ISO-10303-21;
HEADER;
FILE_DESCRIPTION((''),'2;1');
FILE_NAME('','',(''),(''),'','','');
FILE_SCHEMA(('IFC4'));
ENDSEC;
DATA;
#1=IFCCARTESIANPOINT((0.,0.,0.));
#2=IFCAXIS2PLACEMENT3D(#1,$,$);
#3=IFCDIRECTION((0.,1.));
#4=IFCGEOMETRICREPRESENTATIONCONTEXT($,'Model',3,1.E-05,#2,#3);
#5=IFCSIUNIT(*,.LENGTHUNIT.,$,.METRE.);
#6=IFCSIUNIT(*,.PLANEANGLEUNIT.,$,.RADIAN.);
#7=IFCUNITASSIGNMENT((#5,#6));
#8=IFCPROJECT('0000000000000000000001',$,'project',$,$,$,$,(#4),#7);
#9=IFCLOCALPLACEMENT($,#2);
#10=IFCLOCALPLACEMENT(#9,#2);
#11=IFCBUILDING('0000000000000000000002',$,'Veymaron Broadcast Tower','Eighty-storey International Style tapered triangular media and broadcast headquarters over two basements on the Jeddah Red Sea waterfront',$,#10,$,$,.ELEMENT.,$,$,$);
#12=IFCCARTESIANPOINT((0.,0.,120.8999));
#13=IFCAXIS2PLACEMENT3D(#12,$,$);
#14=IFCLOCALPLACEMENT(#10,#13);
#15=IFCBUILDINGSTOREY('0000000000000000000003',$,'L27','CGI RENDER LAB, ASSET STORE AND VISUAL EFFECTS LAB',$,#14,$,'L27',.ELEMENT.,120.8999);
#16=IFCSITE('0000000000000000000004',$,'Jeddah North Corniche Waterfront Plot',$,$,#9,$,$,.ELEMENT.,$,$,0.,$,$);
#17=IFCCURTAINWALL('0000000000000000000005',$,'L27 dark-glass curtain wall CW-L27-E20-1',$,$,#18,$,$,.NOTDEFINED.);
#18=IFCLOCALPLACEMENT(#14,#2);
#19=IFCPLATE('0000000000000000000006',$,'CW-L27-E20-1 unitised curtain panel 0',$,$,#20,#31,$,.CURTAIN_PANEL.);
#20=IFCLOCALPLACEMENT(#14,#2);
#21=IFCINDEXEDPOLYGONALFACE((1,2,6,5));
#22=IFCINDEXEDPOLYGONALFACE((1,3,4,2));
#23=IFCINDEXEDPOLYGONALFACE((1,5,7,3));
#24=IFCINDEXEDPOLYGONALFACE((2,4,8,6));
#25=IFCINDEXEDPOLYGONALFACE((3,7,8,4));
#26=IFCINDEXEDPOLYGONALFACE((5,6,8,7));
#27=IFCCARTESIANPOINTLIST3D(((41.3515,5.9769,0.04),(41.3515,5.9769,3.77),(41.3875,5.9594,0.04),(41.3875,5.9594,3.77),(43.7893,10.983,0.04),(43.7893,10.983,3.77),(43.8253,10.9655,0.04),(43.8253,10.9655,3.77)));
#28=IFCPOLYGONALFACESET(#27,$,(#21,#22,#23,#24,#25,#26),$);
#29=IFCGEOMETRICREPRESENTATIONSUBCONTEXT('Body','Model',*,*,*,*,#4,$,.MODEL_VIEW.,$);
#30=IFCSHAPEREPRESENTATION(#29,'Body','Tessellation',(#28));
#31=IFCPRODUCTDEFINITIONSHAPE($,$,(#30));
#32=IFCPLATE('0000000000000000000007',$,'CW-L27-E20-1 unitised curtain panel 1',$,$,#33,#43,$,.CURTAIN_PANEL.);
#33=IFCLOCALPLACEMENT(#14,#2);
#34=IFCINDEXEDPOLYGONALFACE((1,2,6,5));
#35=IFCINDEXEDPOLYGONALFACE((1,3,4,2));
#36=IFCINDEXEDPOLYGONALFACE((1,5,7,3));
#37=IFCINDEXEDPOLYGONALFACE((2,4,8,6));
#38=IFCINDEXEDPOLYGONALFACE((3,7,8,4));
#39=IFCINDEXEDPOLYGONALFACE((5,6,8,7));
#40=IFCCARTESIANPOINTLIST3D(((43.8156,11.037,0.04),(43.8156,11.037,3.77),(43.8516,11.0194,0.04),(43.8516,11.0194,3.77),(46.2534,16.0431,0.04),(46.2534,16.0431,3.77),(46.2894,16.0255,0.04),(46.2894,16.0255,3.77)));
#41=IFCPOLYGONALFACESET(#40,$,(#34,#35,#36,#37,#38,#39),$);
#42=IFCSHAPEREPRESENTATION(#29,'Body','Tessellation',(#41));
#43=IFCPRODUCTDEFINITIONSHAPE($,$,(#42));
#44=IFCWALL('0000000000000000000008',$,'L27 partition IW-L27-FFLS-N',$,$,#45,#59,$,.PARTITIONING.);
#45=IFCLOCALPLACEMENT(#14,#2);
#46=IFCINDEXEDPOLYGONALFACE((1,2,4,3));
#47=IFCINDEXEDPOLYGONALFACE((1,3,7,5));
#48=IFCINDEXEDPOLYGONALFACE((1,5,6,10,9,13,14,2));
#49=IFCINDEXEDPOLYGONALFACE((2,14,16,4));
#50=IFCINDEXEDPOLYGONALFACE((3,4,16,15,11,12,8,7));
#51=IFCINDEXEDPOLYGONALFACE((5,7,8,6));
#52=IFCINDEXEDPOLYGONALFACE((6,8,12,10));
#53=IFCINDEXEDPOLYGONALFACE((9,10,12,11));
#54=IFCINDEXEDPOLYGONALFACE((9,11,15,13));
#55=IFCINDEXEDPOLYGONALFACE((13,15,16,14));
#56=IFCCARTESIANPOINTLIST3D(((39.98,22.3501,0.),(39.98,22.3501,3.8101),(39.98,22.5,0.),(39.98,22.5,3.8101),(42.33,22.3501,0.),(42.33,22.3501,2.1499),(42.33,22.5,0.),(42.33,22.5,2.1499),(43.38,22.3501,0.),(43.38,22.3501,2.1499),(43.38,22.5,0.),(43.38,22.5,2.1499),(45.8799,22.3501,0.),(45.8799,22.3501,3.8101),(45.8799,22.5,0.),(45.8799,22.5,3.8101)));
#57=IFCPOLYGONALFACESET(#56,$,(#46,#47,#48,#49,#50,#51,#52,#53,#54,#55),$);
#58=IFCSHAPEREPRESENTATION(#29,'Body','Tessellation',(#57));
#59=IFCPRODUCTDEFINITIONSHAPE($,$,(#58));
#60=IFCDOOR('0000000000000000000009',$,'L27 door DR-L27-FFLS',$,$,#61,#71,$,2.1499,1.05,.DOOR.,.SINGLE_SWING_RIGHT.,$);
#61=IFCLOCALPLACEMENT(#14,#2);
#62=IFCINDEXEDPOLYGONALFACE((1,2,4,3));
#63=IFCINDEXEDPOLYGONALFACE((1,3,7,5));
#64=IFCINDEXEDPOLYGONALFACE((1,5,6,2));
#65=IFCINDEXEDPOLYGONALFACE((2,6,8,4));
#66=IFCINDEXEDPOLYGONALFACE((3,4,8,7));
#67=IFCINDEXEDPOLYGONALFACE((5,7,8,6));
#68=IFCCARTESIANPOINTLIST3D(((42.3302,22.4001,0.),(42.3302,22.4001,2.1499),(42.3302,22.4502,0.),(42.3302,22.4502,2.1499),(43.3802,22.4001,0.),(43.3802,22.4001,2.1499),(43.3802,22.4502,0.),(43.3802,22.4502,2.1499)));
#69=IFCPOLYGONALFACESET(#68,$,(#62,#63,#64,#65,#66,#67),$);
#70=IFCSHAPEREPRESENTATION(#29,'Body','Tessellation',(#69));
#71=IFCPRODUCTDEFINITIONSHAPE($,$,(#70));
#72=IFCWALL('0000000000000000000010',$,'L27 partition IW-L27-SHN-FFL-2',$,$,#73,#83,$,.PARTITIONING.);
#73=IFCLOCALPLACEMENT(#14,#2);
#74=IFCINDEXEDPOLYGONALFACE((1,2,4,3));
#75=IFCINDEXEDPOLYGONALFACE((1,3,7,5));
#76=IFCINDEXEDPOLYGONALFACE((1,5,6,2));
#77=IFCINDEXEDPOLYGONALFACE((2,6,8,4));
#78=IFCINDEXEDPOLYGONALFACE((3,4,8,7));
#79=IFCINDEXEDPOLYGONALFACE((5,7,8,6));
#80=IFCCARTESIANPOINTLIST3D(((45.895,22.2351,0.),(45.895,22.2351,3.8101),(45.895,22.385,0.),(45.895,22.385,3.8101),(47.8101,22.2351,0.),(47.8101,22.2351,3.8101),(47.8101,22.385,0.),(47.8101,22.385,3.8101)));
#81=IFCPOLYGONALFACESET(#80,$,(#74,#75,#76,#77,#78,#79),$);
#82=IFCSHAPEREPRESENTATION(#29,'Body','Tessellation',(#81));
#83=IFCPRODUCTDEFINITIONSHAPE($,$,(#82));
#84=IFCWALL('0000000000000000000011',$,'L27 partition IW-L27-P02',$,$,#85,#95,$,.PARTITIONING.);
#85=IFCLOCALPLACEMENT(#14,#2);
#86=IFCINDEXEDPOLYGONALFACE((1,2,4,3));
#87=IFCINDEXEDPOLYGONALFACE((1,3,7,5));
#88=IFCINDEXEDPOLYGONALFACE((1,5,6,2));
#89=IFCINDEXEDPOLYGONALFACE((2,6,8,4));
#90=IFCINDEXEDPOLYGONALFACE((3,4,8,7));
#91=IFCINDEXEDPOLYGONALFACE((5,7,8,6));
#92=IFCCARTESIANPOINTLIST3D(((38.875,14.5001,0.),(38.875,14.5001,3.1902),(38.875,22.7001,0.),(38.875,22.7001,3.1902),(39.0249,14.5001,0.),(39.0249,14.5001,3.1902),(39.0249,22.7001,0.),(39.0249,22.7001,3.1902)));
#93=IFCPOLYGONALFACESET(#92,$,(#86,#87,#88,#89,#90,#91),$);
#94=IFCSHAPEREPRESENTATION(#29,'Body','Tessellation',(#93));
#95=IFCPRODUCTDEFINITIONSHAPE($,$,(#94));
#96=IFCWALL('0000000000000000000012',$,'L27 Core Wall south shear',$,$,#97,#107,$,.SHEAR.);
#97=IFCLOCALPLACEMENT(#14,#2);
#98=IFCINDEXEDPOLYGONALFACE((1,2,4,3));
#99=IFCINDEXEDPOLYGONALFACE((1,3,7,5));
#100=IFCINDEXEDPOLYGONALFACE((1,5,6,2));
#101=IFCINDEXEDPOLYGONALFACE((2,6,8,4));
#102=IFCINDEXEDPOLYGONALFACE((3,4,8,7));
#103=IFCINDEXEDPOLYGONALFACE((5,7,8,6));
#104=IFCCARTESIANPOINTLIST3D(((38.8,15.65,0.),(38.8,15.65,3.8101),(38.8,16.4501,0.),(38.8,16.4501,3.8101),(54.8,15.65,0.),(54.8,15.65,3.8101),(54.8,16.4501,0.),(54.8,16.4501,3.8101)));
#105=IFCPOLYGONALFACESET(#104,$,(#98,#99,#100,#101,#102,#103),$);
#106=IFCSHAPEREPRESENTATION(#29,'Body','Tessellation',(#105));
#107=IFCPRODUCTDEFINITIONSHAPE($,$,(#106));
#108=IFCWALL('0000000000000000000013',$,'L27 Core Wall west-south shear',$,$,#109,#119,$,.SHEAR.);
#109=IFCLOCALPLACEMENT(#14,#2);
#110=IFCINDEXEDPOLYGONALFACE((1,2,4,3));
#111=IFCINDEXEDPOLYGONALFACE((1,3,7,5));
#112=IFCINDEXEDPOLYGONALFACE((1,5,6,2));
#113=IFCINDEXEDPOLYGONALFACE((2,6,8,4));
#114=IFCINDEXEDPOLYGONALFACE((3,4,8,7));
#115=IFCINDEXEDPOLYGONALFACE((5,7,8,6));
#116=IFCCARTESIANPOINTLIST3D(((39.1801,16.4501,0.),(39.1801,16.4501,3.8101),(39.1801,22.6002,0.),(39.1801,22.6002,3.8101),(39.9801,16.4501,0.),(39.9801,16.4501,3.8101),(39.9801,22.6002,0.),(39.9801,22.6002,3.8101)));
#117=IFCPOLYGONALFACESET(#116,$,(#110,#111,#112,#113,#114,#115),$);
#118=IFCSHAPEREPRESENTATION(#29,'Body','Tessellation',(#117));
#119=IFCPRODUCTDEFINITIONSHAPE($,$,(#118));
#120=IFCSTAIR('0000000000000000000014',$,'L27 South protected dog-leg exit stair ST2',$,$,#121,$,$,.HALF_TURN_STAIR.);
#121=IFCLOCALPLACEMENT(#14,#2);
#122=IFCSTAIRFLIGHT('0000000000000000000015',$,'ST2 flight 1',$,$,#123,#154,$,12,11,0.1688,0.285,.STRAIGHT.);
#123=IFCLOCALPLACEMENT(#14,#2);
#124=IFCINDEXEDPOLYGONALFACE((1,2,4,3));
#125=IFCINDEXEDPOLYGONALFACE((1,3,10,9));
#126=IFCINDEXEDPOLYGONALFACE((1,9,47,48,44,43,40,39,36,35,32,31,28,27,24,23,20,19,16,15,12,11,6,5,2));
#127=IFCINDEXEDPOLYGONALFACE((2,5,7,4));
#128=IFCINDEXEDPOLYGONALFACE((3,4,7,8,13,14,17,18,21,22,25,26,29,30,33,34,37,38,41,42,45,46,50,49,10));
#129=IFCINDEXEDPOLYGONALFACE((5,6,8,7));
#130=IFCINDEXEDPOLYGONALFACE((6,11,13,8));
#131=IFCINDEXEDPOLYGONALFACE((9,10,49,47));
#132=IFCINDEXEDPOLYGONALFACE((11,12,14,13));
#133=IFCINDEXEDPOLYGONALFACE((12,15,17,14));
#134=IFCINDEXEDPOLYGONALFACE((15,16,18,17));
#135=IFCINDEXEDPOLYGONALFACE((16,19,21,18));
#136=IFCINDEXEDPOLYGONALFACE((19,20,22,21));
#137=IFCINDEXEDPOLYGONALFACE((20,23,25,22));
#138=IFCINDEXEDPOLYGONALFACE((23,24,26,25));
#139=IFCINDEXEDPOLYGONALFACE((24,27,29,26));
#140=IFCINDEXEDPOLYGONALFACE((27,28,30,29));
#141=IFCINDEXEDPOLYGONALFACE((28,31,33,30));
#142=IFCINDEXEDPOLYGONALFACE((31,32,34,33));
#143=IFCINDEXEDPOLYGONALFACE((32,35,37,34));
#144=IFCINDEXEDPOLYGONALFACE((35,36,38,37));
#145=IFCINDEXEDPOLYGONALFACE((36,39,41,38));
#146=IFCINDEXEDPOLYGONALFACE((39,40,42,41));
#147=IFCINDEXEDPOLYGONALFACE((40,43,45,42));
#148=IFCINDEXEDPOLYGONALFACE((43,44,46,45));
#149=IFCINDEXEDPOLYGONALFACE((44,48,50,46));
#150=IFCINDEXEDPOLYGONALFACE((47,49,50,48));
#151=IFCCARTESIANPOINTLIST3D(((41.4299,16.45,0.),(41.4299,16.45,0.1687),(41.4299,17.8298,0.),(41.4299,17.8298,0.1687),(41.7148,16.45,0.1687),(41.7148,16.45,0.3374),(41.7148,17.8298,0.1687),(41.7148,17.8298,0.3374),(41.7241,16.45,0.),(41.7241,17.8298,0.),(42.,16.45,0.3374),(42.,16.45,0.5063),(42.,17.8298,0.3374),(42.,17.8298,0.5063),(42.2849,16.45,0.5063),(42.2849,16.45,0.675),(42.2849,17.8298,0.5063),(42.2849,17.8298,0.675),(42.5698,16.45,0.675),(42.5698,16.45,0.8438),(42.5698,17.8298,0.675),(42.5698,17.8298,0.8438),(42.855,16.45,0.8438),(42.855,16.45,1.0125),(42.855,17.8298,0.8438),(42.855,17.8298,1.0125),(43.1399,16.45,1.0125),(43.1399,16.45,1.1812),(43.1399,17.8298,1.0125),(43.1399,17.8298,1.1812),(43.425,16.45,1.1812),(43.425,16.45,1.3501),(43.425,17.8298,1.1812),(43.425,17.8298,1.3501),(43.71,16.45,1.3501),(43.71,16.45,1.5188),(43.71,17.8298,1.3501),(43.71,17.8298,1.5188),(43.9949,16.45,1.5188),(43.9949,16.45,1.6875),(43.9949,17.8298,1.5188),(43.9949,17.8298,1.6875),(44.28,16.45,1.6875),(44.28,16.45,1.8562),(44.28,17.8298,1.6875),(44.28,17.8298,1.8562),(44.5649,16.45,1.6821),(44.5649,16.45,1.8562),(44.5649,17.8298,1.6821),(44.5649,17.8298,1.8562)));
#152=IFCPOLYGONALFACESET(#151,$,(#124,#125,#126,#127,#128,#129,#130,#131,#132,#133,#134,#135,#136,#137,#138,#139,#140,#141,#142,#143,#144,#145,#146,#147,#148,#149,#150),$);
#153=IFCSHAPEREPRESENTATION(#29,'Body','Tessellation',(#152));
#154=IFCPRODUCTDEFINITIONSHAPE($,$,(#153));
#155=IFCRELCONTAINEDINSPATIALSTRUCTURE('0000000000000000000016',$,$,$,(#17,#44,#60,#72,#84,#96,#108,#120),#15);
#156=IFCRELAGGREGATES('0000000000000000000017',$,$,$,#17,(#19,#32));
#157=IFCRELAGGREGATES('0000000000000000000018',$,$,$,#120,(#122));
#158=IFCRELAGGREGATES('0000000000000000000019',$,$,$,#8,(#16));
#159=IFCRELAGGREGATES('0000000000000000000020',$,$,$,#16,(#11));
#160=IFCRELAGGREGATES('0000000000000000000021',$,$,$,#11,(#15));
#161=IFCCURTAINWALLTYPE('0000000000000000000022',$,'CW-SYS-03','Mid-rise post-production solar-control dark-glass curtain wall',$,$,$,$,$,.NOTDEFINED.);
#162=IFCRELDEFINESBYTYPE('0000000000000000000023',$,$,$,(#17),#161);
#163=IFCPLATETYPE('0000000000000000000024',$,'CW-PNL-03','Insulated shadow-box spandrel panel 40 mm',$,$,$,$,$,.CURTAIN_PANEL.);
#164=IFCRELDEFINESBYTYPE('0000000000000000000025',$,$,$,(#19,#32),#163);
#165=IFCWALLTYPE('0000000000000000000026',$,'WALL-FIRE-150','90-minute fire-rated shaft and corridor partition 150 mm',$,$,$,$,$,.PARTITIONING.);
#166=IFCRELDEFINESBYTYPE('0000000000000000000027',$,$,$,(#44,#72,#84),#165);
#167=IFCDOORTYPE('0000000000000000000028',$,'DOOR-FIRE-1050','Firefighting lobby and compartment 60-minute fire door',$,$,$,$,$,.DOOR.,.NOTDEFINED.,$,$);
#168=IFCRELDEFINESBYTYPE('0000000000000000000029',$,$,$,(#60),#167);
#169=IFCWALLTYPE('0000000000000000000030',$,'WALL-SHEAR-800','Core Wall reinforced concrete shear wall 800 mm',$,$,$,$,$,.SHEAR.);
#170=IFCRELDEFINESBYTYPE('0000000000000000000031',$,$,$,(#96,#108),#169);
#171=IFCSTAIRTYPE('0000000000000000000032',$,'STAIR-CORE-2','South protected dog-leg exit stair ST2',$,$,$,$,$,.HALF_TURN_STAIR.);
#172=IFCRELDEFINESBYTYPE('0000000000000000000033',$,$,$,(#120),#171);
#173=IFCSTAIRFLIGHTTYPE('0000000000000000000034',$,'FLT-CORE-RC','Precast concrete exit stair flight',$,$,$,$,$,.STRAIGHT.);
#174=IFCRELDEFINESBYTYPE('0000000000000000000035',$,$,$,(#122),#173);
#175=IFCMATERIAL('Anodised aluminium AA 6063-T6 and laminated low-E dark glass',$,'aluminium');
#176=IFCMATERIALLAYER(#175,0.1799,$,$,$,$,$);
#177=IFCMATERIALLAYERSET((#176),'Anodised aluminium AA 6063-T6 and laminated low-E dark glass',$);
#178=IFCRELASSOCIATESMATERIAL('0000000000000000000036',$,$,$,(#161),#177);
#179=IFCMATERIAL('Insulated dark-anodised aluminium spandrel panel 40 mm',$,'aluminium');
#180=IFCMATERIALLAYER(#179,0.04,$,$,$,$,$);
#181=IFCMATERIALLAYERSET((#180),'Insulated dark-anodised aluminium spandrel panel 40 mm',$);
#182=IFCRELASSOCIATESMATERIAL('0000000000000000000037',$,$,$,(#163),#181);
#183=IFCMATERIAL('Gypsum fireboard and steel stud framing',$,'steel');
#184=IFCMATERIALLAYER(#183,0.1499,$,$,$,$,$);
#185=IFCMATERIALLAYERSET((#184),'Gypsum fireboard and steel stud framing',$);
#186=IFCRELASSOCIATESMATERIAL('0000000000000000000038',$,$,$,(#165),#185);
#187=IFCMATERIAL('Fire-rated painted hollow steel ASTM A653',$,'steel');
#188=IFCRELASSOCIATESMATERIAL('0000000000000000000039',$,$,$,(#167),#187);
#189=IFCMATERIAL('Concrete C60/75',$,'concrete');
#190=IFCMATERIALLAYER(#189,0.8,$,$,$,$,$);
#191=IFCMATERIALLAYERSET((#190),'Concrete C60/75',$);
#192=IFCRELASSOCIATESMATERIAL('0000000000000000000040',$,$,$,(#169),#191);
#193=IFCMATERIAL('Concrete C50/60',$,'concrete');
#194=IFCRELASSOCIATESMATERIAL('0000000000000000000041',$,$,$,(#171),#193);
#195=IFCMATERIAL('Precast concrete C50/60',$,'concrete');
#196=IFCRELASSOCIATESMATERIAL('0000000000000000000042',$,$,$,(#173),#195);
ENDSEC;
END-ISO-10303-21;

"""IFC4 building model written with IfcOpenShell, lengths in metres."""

from ifc_helpers import new_model, si_unit, direction, frame, frame_2d, origin, origin_2d, place, context, subcontext, project, spatial, polyline, rectangle, outline, extrude, material, layer, layer_set, type_object, element, fill, aggregate, save


model = new_model("IFC4")

# Units and contexts
model_context = context("Model", 3, precision=1e-05, world=origin(), true_north=direction((0.0, 1.0)))
body_context = subcontext(model_context, "Body", "Model", "MODEL_VIEW")
ifc_project = project(units=[si_unit("LENGTHUNIT", "METRE"), si_unit("PLANEANGLEUNIT", "RADIAN")], contexts=[model_context])

# Site, building, storey
site_placement = place(None, origin())
site = spatial("IfcSite", under=ifc_project, at=site_placement, Name="Jeddah North Corniche Waterfront Plot", CompositionType="ELEMENT", RefElevation=0.0)
building_placement = place(site_placement, origin())
building = spatial("IfcBuilding", under=site, at=building_placement, Name="Veymaron Broadcast Tower", Description="Eighty-storey International Style tapered triangular media and broadcast headquarters over two basements on the Jeddah Red Sea waterfront", CompositionType="ELEMENT")
storey_placement = place(building_placement, frame((0.0, 0.0, 120.8999)))
storey = spatial("IfcBuildingStorey", under=building, at=storey_placement, Name="L27", Description="CGI RENDER LAB, ASSET STORE AND VISUAL EFFECTS LAB", LongName="L27", CompositionType="ELEMENT", Elevation=120.8999)

# Curtain wall, plates
ifc_material_1 = material(Name="Anodised aluminium AA 6063-T6 and laminated low-E dark glass", Category="aluminium")
ifc_layer_1 = layer(ifc_material_1, 0.1799)
ifc_layer_set_1 = layer_set([ifc_layer_1], Name="Anodised aluminium AA 6063-T6 and laminated low-E dark glass")
curtain_wall_type = type_object("IfcCurtainWallType", Name="CW-SYS-03", Description="Mid-rise post-production solar-control dark-glass curtain wall", PredefinedType="NOTDEFINED", material=ifc_layer_set_1)
curtain_wall_placement = place(storey_placement, origin())
curtain_wall = element("IfcCurtainWall", 1, at=curtain_wall_placement, inside=storey, type_object=curtain_wall_type, Name="L27 dark-glass curtain wall CW-L27-E20-1", PredefinedType="NOTDEFINED")
ifc_material_2 = material(Name="Insulated dark-anodised aluminium spandrel panel 40 mm", Category="aluminium")
ifc_layer_2 = layer(ifc_material_2, 0.04)
ifc_layer_set_2 = layer_set([ifc_layer_2], Name="Insulated dark-anodised aluminium spandrel panel 40 mm")
plate_type = type_object("IfcPlateType", Name="CW-PNL-03", Description="Insulated shadow-box spandrel panel 40 mm", PredefinedType="CURTAIN_PANEL", material=ifc_layer_set_2)
plate_1_placement = place(storey_placement, frame((42.5884, 8.4712, 0.04), z_axis=(0.0, 0.0, 1.0), x_axis=(0.437822, 0.899062, 0.0)))
plate_1 = element("IfcPlate", 2, at=plate_1_placement, type_object=plate_type, Name="CW-L27-E20-1 unitised curtain panel 0", PredefinedType="CURTAIN_PANEL", context=body_context, shape_type="SweptSolid", body=[
    extrude(rectangle(XDim=5.5681, YDim=0.04, at=origin_2d()), origin(), (0.0, 0.0, 1.0), 3.73),
])
plate_2_placement = place(storey_placement, frame((45.0525, 13.5312, 0.04), z_axis=(0.0, 0.0, 1.0), x_axis=(0.437822, 0.899062, 0.0)))
plate_2 = element("IfcPlate", 3, at=plate_2_placement, type_object=plate_type, Name="CW-L27-E20-1 unitised curtain panel 1", PredefinedType="CURTAIN_PANEL", context=body_context, shape_type="SweptSolid", body=[
    extrude(rectangle(XDim=5.5681, YDim=0.04, at=origin_2d()), origin(), (0.0, 0.0, 1.0), 3.73),
])
aggregate(curtain_wall, [plate_1, plate_2])

# Wall, opening, door
ifc_material_3 = material(Name="Gypsum fireboard and steel stud framing", Category="steel")
ifc_layer_3 = layer(ifc_material_3, 0.1499)
ifc_layer_set_3 = layer_set([ifc_layer_3], Name="Gypsum fireboard and steel stud framing")
wall_type_1 = type_object("IfcWallType", Name="WALL-FIRE-150", Description="90-minute fire-rated shaft and corridor partition 150 mm", PredefinedType="PARTITIONING", material=ifc_layer_set_3)
wall_1_placement = place(storey_placement, frame((39.98, 22.425, 0.0), z_axis=(0.0, 0.0, 1.0), x_axis=(1.0, 0.0, 0.0)))
wall_1 = element("IfcWall", 4, at=wall_1_placement, inside=storey, type_object=wall_type_1, Name="L27 partition IW-L27-FFLS-N", PredefinedType="PARTITIONING", context=body_context, shape_type="SweptSolid", body=[
    extrude(rectangle(XDim=5.8999, YDim=0.1499, at=frame_2d((2.95, 0.0))), origin(), (0.0, 0.0, 1.0), 3.8101),
])
opening_1_placement = place(wall_1_placement, frame((2.3501, 0.0, 0.0)))
opening_1 = element("IfcOpeningElement", 5, at=opening_1_placement, cuts=wall_1, PredefinedType="OPENING", context=body_context, shape_type="SweptSolid", body=[
    extrude(rectangle(XDim=1.05, YDim=2.1499, at=frame_2d((0.5249, 1.075))), frame((0.0, 0.085, 0.0), z_axis=(0.0, -1.0, 0.0), x_axis=(1.0, 0.0, 0.0)), (0.0, 0.0, 1.0), 0.1699),
])
ifc_material_4 = material(Name="Fire-rated painted hollow steel ASTM A653", Category="steel")
door_type_1 = type_object("IfcDoorType", Name="DOOR-FIRE-1050", Description="Firefighting lobby and compartment 60-minute fire door", OperationType="NOTDEFINED", PredefinedType="DOOR", material=ifc_material_4)
door_1_placement = place(opening_1_placement, frame((1.05, 0.0, 0.0), z_axis=(0.0, 0.0, 1.0), x_axis=(-1.0, 0.0, 0.0)))
door_1 = element("IfcDoor", 6, at=door_1_placement, inside=storey, type_object=door_type_1, Name="L27 door DR-L27-FFLS", OperationType="SINGLE_SWING_RIGHT", OverallHeight=2.1499, OverallWidth=1.05, PredefinedType="DOOR", context=body_context, shape_type="SweptSolid", body=[
    extrude(rectangle(XDim=1.05, YDim=2.1499, at=frame_2d((0.5249, 1.075))), frame((0.0, 0.0249, 0.0), z_axis=(0.0, -1.0, 0.0), x_axis=(1.0, 0.0, 0.0)), (0.0, 0.0, 1.0), 0.05),
])
fill(opening_1, door_1)

# Walls
wall_2_placement = place(storey_placement, frame((45.895, 22.3101, 0.0), z_axis=(0.0, 0.0, 1.0), x_axis=(1.0, 0.0, 0.0)))
element("IfcWall", 7, at=wall_2_placement, inside=storey, type_object=wall_type_1, Name="L27 partition IW-L27-SHN-FFL-2", PredefinedType="PARTITIONING", context=body_context, shape_type="SweptSolid", body=[
    extrude(rectangle(XDim=1.915, YDim=0.1499, at=frame_2d((0.9575, 0.0))), origin(), (0.0, 0.0, 1.0), 3.8101),
])
wall_3_placement = place(storey_placement, frame((38.95, 14.5, 0.0), z_axis=(0.0, 0.0, 1.0), x_axis=(0.0, 1.0, 0.0)))
element("IfcWall", 8, at=wall_3_placement, inside=storey, type_object=wall_type_1, Name="L27 partition IW-L27-P02", PredefinedType="PARTITIONING", context=body_context, shape_type="SweptSolid", body=[
    extrude(rectangle(XDim=8.2, YDim=0.1499, at=frame_2d((4.1001, 0.0))), origin(), (0.0, 0.0, 1.0), 3.1902),
])

# Shared definitions
ifc_material_5 = material(Name="Concrete C50/60", Category="concrete")

# Walls
ifc_material_6 = material(Name="Concrete C60/75", Category="concrete")
ifc_layer_4 = layer(ifc_material_6, 0.8)
ifc_layer_set_4 = layer_set([ifc_layer_4], Name="Concrete C60/75")
wall_type_2 = type_object("IfcWallType", Name="WALL-SHEAR-800", Description="Core Wall reinforced concrete shear wall 800 mm", PredefinedType="SHEAR", material=ifc_layer_set_4)
wall_4_placement = place(storey_placement, frame((38.8, 16.05, 0.0), z_axis=(0.0, 0.0, 1.0), x_axis=(1.0, 0.0, 0.0)))
element("IfcWall", 9, at=wall_4_placement, inside=storey, type_object=wall_type_2, Name="L27 Core Wall south shear", PredefinedType="SHEAR", context=body_context, shape_type="SweptSolid", body=[
    extrude(rectangle(XDim=16.0, YDim=0.8, at=frame_2d((8.0, 0.0))), origin(), (0.0, 0.0, 1.0), 3.8101),
])
wall_5_placement = place(storey_placement, frame((39.5801, 16.45, 0.0), z_axis=(0.0, 0.0, 1.0), x_axis=(0.0, 1.0, 0.0)))
element("IfcWall", 10, at=wall_5_placement, inside=storey, type_object=wall_type_2, Name="L27 Core Wall west-south shear", PredefinedType="SHEAR", context=body_context, shape_type="SweptSolid", body=[
    extrude(rectangle(XDim=6.1501, YDim=0.8, at=frame_2d((3.0752, 0.0))), origin(), (0.0, 0.0, 1.0), 3.8101),
])

# Stair, stair flight
stair_type = type_object("IfcStairType", Name="STAIR-CORE-2", Description="South protected dog-leg exit stair ST2", PredefinedType="HALF_TURN_STAIR", material=ifc_material_5)
stair_placement = place(storey_placement, origin())
stair = element("IfcStair", 11, at=stair_placement, inside=storey, type_object=stair_type, Name="L27 South protected dog-leg exit stair ST2", PredefinedType="HALF_TURN_STAIR")
ifc_material_7 = material(Name="Precast concrete C50/60", Category="concrete")
stair_flight_type = type_object("IfcStairFlightType", Name="FLT-CORE-RC", Description="Precast concrete exit stair flight", PredefinedType="STRAIGHT", material=ifc_material_7)
stair_flight_1_placement = place(storey_placement, frame((41.4299, 17.1399, 0.0), z_axis=(0.0, 0.0, 1.0), x_axis=(1.0, 0.0, 0.0)))
stair_flight_1 = element("IfcStairFlight", 12, at=stair_flight_1_placement, type_object=stair_flight_type, Name="ST2 flight 1", NumberOfRisers=12, NumberOfTreads=11, PredefinedType="STRAIGHT", RiserHeight=0.1688, TreadLength=0.285, context=body_context, shape_type="SweptSolid", body=[
    extrude(outline(polyline([(0.0, 0.0), (0.0, 0.1687), (0.2849, 0.1687), (0.2849, 0.3374), (0.5701, 0.3374), (0.5701, 0.5063), (0.855, 0.5063), (0.855, 0.675), (1.1399, 0.675), (1.1399, 0.8438), (1.425, 0.8438), (1.425, 1.0125), (1.71, 1.0125), (1.71, 1.1812), (1.9951, 1.1812), (1.9951, 1.3501), (2.28, 1.3501), (2.28, 1.5188), (2.5649, 1.5188), (2.5649, 1.6875), (2.8501, 1.6875), (2.8501, 1.8562), (3.135, 1.8562), (3.135, 2.0249), (3.135, 1.6821), (0.2942, 0.0), (0.0, 0.0)])), frame((0.0, 0.6899, 0.0), z_axis=(0.0, -1.0, 0.0), x_axis=(1.0, 0.0, 0.0)), (0.0, 0.0, 1.0), 1.3799),
])
aggregate(stair, [stair_flight_1])

save(model, "model.ifc")
